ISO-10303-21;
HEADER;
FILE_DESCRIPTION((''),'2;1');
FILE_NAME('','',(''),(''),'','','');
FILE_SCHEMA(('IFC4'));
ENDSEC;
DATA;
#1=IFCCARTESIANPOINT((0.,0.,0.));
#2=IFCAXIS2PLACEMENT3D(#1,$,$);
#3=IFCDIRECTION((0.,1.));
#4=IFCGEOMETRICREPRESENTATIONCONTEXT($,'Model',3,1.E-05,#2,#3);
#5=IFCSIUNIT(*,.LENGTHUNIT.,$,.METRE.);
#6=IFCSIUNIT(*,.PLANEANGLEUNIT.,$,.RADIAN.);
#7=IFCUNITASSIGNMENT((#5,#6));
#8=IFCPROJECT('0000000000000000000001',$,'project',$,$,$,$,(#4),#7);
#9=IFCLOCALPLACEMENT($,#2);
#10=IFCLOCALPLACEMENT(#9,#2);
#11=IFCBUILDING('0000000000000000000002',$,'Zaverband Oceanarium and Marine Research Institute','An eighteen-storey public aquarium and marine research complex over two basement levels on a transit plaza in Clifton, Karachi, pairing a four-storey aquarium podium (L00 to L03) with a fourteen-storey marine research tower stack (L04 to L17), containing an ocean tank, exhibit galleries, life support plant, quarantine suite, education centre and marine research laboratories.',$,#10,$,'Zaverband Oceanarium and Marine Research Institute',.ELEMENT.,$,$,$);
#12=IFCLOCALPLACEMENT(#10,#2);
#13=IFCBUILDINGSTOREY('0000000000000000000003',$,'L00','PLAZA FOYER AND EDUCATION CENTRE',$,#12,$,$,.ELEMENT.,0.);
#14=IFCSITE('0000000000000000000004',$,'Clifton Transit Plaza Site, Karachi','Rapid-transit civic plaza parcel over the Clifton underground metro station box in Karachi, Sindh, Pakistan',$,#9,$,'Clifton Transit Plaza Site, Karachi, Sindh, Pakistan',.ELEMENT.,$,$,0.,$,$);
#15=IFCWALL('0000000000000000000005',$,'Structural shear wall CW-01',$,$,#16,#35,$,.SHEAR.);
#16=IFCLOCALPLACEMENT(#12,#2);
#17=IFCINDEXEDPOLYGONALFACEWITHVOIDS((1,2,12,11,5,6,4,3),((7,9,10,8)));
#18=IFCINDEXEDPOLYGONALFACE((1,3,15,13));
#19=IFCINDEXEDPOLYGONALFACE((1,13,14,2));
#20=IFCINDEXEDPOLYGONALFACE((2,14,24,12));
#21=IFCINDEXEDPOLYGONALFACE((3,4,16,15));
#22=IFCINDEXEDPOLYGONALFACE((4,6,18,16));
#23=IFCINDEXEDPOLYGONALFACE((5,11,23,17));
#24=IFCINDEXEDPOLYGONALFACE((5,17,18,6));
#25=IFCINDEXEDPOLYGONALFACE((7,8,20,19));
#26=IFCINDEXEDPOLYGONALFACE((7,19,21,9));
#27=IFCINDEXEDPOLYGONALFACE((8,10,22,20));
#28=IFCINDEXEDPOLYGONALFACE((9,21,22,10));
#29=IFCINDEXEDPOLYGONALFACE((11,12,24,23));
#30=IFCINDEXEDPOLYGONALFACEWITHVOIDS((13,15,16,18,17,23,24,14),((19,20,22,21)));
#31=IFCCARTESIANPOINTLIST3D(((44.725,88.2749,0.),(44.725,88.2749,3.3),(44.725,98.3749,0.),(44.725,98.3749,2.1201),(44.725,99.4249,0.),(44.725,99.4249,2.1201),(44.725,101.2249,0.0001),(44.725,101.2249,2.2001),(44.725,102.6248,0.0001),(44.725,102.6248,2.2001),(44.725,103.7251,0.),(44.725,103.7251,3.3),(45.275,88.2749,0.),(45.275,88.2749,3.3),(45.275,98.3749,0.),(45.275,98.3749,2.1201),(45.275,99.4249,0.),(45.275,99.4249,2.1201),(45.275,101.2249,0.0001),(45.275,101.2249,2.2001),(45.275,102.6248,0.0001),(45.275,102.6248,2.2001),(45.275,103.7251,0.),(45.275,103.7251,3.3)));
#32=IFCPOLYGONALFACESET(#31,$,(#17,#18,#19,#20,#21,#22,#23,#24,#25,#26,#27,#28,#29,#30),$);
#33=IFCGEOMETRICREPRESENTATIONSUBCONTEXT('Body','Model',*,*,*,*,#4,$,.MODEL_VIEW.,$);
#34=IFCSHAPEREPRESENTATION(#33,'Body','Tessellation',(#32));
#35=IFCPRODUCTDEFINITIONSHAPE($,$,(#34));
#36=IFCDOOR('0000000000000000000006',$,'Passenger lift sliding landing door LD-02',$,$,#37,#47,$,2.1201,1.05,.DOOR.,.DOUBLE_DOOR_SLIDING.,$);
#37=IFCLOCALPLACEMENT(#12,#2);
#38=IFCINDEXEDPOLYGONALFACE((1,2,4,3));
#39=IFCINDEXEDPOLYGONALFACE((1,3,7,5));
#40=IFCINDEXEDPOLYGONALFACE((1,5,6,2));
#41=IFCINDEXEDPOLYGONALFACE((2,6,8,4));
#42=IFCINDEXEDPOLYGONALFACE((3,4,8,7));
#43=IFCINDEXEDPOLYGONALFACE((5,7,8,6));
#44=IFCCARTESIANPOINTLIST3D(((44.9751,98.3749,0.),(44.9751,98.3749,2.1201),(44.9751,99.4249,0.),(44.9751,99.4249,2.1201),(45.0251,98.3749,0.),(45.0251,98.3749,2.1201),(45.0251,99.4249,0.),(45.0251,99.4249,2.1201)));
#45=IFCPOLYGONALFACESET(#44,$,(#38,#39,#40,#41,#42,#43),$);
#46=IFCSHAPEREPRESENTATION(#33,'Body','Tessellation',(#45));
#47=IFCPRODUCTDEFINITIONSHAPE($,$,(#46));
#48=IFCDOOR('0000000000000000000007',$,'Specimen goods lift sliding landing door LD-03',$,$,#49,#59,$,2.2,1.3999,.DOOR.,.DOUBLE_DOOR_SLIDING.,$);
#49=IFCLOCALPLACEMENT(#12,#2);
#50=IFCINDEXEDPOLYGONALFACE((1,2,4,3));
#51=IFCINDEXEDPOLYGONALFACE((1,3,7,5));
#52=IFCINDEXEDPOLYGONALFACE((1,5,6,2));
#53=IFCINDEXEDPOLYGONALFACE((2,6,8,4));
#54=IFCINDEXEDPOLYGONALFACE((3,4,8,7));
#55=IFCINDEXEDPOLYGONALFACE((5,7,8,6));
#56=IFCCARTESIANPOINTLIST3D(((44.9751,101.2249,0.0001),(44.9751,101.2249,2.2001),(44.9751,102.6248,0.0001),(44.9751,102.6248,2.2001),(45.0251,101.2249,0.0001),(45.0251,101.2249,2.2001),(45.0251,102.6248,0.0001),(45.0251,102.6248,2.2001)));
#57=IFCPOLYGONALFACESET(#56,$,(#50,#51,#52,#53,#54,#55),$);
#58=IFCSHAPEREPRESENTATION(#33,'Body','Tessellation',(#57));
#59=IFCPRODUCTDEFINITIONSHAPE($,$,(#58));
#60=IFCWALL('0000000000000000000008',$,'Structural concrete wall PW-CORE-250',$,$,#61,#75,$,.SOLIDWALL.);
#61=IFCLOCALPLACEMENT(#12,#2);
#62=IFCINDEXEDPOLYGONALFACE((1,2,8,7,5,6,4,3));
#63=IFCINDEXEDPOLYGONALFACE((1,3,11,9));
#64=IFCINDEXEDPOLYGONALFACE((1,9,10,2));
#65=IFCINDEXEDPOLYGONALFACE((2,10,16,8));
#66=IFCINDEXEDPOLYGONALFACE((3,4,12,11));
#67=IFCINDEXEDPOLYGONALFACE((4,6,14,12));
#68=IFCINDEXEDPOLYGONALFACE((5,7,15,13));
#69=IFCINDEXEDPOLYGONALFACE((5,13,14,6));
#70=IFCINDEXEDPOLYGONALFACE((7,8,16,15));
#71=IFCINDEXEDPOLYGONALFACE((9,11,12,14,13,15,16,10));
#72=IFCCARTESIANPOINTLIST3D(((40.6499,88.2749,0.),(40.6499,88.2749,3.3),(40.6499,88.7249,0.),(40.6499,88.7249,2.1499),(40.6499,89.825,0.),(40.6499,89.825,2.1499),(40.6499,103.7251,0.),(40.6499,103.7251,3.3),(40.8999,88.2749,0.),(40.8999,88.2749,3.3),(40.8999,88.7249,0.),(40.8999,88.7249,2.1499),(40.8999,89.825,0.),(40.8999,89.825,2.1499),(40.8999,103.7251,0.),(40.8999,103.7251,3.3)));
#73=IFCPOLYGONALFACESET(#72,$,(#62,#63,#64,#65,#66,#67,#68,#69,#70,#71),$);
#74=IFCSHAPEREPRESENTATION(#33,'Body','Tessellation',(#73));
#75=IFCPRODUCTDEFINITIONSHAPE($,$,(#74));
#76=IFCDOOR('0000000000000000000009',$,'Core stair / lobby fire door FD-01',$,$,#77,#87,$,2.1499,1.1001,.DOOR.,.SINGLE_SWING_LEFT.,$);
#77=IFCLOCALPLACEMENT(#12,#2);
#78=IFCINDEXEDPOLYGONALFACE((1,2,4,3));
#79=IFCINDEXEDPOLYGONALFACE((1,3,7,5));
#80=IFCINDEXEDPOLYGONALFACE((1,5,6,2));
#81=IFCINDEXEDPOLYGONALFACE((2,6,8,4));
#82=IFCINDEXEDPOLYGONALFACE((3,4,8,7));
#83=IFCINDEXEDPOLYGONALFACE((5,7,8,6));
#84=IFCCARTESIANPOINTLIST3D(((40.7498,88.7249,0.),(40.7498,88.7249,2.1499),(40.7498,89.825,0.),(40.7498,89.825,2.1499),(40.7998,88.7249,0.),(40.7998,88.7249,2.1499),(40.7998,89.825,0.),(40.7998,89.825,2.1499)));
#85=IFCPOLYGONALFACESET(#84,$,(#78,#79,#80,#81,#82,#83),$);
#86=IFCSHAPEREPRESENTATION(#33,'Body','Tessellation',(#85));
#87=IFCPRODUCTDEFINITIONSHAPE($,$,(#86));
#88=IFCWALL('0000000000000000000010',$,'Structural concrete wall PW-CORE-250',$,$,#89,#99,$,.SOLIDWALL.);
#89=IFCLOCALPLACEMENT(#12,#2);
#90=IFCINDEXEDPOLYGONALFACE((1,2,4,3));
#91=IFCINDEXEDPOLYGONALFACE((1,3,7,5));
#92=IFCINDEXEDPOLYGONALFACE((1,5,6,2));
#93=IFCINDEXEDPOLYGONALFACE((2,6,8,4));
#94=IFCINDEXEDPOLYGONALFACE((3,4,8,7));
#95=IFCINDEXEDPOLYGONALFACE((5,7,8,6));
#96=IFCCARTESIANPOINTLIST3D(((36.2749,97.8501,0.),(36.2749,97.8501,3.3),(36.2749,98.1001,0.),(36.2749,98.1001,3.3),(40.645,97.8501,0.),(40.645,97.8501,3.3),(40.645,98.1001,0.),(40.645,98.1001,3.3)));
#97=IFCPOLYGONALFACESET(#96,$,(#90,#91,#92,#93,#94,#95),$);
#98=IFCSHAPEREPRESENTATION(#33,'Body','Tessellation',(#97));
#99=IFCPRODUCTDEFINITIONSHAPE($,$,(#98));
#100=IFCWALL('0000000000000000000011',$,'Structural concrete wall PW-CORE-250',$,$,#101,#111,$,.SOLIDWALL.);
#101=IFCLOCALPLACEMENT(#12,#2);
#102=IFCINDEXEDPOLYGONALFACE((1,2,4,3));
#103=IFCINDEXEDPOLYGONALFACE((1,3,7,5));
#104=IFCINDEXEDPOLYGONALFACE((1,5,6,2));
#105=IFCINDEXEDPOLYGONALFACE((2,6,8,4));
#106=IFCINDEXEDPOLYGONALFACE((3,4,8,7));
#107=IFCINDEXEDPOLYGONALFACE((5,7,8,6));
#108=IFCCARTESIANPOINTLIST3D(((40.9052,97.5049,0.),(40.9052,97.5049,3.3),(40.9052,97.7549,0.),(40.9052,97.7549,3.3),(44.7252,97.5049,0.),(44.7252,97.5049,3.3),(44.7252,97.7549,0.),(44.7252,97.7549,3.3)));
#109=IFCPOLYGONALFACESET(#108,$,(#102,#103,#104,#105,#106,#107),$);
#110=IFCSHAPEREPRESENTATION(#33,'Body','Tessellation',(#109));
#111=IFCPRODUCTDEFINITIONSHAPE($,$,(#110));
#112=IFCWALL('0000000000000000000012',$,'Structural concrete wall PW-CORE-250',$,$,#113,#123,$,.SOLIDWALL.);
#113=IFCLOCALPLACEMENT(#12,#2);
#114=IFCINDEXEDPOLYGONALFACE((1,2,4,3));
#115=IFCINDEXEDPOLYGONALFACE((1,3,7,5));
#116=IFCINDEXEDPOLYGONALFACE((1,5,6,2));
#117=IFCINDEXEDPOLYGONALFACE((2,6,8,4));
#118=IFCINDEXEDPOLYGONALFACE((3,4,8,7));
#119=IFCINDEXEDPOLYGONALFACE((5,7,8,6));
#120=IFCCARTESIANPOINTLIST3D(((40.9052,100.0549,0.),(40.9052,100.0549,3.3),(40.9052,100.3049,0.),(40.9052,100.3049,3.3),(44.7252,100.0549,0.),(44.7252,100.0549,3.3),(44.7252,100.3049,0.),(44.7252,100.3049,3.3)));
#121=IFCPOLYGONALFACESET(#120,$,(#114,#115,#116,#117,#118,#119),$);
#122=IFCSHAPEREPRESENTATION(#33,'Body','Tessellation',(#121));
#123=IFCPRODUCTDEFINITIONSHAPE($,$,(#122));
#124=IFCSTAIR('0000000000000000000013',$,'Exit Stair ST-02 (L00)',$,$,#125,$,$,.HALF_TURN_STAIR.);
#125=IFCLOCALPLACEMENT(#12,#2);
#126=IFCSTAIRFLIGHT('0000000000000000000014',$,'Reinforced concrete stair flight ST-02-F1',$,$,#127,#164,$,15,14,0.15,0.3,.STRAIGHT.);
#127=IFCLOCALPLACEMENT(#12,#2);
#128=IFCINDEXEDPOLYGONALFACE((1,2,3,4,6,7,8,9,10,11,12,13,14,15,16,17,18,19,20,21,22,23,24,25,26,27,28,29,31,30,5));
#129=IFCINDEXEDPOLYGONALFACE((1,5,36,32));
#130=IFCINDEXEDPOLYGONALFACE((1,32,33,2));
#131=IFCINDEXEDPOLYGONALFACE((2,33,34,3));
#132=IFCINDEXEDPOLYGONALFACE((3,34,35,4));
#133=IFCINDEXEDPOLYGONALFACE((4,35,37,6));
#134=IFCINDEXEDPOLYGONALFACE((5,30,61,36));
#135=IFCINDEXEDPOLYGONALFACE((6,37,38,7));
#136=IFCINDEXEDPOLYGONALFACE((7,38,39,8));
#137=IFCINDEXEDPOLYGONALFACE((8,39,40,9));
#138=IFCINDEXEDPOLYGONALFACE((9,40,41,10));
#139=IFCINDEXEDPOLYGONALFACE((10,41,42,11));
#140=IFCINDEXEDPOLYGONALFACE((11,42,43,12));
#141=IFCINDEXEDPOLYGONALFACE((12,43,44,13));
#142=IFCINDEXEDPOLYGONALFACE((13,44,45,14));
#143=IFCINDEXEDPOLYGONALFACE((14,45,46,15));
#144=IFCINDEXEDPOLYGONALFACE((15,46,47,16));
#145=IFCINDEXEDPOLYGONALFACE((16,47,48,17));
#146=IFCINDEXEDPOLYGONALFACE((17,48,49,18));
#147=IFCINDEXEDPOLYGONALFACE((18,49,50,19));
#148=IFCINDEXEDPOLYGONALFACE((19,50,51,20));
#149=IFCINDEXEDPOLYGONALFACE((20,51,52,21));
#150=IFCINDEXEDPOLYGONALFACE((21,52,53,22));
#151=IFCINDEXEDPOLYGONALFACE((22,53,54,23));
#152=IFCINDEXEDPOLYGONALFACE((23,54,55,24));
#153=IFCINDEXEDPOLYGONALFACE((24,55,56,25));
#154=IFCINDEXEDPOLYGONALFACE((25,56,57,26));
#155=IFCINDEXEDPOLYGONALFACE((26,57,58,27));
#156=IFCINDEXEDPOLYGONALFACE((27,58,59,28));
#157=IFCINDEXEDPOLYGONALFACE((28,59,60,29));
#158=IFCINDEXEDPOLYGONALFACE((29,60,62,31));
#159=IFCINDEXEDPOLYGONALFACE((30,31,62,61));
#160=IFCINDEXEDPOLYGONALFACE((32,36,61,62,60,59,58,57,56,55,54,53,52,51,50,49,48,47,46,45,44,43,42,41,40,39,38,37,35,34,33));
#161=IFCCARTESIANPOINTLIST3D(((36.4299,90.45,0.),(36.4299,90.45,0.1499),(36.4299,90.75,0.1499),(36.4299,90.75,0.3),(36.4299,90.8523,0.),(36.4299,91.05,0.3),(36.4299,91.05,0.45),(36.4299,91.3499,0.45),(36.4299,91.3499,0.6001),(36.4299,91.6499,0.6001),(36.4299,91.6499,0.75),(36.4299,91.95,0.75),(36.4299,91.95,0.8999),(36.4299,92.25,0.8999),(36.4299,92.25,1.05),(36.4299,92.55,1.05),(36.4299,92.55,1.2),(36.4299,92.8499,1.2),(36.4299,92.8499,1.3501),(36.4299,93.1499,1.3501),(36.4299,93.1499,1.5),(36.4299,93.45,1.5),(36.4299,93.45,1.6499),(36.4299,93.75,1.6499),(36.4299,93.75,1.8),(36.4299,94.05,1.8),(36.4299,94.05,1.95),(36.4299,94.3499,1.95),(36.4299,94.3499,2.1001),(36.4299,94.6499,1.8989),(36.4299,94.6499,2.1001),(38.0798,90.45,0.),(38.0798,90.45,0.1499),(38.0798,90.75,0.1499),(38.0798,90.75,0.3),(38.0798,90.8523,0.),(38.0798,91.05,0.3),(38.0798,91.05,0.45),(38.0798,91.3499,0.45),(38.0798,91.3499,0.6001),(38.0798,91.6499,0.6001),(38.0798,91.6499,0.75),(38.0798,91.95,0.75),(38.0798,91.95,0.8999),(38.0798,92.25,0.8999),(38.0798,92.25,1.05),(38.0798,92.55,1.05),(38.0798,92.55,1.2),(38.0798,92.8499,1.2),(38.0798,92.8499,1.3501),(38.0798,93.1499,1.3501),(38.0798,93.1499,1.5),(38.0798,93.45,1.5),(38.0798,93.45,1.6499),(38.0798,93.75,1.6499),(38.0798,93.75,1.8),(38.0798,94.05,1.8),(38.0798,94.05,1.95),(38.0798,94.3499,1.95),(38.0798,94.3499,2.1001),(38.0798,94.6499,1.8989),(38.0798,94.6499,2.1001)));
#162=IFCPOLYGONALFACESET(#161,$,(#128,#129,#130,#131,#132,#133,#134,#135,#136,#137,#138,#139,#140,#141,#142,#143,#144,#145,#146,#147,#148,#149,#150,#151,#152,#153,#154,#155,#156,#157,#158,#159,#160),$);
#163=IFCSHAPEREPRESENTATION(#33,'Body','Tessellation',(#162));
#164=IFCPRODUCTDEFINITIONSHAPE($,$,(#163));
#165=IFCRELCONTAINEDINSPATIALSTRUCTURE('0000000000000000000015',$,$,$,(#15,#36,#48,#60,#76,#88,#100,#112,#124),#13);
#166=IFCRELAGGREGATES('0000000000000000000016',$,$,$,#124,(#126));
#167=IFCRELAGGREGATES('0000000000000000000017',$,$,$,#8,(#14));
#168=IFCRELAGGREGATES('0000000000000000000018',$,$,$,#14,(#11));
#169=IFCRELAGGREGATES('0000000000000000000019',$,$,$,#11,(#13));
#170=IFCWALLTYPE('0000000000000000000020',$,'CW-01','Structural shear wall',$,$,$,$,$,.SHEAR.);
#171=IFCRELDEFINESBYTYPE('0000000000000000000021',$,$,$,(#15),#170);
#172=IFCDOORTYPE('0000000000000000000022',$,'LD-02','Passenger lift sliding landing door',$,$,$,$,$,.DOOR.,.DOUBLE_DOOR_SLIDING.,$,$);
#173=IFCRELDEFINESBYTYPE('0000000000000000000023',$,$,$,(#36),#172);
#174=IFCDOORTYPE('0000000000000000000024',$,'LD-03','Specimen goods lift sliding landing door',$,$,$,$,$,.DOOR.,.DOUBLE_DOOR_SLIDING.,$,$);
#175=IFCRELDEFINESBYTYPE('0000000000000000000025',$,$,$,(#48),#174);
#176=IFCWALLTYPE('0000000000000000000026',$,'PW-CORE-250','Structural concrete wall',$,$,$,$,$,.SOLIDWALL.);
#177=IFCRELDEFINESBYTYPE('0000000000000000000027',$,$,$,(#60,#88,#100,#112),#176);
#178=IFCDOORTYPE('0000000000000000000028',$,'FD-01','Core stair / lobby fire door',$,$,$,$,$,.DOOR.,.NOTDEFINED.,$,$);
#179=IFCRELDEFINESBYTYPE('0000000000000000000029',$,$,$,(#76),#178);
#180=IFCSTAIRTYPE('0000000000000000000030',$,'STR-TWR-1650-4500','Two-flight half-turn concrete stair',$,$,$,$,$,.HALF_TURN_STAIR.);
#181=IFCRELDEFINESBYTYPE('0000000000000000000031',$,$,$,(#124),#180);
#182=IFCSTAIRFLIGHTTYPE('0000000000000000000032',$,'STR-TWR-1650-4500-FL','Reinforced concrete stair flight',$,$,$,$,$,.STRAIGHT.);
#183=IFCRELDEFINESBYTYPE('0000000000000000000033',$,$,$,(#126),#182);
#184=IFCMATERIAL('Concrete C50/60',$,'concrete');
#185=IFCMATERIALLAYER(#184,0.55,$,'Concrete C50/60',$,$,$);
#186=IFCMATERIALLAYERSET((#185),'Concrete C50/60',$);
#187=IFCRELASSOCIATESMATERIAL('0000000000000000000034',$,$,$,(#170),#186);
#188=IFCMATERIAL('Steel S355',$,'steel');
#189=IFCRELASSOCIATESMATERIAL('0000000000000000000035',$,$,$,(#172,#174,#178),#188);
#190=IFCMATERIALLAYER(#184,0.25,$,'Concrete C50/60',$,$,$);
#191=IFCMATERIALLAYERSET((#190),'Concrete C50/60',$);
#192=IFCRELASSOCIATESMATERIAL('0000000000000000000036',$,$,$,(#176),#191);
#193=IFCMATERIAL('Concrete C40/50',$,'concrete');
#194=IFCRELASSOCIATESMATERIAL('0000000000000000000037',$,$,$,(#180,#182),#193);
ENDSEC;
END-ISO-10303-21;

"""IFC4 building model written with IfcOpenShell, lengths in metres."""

from ifc_helpers import new_model, si_unit, direction, frame, frame_2d, origin, place, context, subcontext, project, spatial, polyline, rectangle, outline, extrude, material, layer, layer_set, type_object, element, fill, aggregate, save


model = new_model("IFC4")

# Units and contexts
model_context = context("Model", 3, precision=1e-05, world=origin(), true_north=direction((0.0, 1.0)))
body_context = subcontext(model_context, "Body", "Model", "MODEL_VIEW")
ifc_project = project(units=[si_unit("LENGTHUNIT", "METRE"), si_unit("PLANEANGLEUNIT", "RADIAN")], contexts=[model_context])

# Site, building, storey
site_placement = place(None, origin())
site = spatial("IfcSite", under=ifc_project, at=site_placement, Name="Clifton Transit Plaza Site, Karachi", Description="Rapid-transit civic plaza parcel over the Clifton underground metro station box in Karachi, Sindh, Pakistan", LongName="Clifton Transit Plaza Site, Karachi, Sindh, Pakistan", CompositionType="ELEMENT", RefElevation=0.0)
building_placement = place(site_placement, origin())
building = spatial("IfcBuilding", under=site, at=building_placement, Name="Zaverband Oceanarium and Marine Research Institute", Description="An eighteen-storey public aquarium and marine research complex over two basement levels on a transit plaza in Clifton, Karachi, pairing a four-storey aquarium podium (L00 to L03) with a fourteen-storey marine research tower stack (L04 to L17), containing an ocean tank, exhibit galleries, life support plant, quarantine suite, education centre and marine research laboratories.", LongName="Zaverband Oceanarium and Marine Research Institute", CompositionType="ELEMENT")
storey_placement = place(building_placement, origin())
storey = spatial("IfcBuildingStorey", under=building, at=storey_placement, Name="L00", Description="PLAZA FOYER AND EDUCATION CENTRE", CompositionType="ELEMENT", Elevation=0.0)

# Shared definitions
ifc_material_1 = material(Name="Concrete C50/60", Category="concrete")

# Shared definitions
ifc_material_2 = material(Name="Concrete C40/50", Category="concrete")

# Shared definitions
ifc_layer_1 = layer(ifc_material_1, 0.55, Name="Concrete C50/60")
ifc_layer_set_1 = layer_set([ifc_layer_1], Name="Concrete C50/60")
wall_type_1 = type_object("IfcWallType", Name="CW-01", Description="Structural shear wall", PredefinedType="SHEAR", material=ifc_layer_set_1)
ifc_material_3 = material(Name="Steel S355", Category="steel")

# Wall, openings, doors
wall_1_placement = place(storey_placement, frame((45.0, 88.2749, 0.0), z_axis=(0.0, 0.0, 1.0), x_axis=(0.0, 1.0, 0.0)))
wall_1 = element("IfcWall", 1, at=wall_1_placement, inside=storey, type_object=wall_type_1, Name="Structural shear wall CW-01", PredefinedType="SHEAR", context=body_context, shape_type="SweptSolid", body=[
    extrude(rectangle(XDim=15.4502, YDim=0.55, at=frame_2d((7.7251, 0.0))), origin(), (0.0, 0.0, 1.0), 3.3),
])
opening_1_placement = place(wall_1_placement, frame((10.1001, 0.0, 0.0)))
opening_1 = element("IfcOpeningElement", 2, at=opening_1_placement, cuts=wall_1, PredefinedType="OPENING", context=body_context, shape_type="SweptSolid", body=[
    extrude(rectangle(XDim=1.05, YDim=2.1201, at=frame_2d((0.5249, 1.0601))), frame((0.0, 0.2871, 0.0), z_axis=(0.0, -1.0, 0.0), x_axis=(1.0, 0.0, 0.0)), (0.0, 0.0, 1.0), 0.574),
])
opening_2_placement = place(wall_1_placement, frame((12.95, 0.0, 0.0)))
opening_2 = element("IfcOpeningElement", 3, at=opening_2_placement, cuts=wall_1, PredefinedType="OPENING", context=body_context, shape_type="SweptSolid", body=[
    extrude(rectangle(XDim=1.3999, YDim=2.2, at=frame_2d((0.7, 1.1001))), frame((0.0, 0.2871, 0.0), z_axis=(0.0, -1.0, 0.0), x_axis=(1.0, 0.0, 0.0)), (0.0, 0.0, 1.0), 0.574),
])
door_type_1 = type_object("IfcDoorType", Name="LD-02", Description="Passenger lift sliding landing door", OperationType="DOUBLE_DOOR_SLIDING", PredefinedType="DOOR", material=ifc_material_3)
door_1_placement = place(opening_1_placement, origin())
door_1 = element("IfcDoor", 4, at=door_1_placement, inside=storey, type_object=door_type_1, Name="Passenger lift sliding landing door LD-02", OperationType="DOUBLE_DOOR_SLIDING", OverallHeight=2.1201, OverallWidth=1.05, PredefinedType="DOOR", context=body_context, shape_type="SweptSolid", body=[
    extrude(rectangle(XDim=1.05, YDim=2.1201, at=frame_2d((0.5249, 1.0601))), frame((0.0, 0.0249, 0.0), z_axis=(0.0, -1.0, 0.0), x_axis=(1.0, 0.0, 0.0)), (0.0, 0.0, 1.0), 0.05),
])
fill(opening_1, door_1)
door_type_2 = type_object("IfcDoorType", Name="LD-03", Description="Specimen goods lift sliding landing door", OperationType="DOUBLE_DOOR_SLIDING", PredefinedType="DOOR", material=ifc_material_3)
door_2_placement = place(opening_2_placement, origin())
door_2 = element("IfcDoor", 5, at=door_2_placement, inside=storey, type_object=door_type_2, Name="Specimen goods lift sliding landing door LD-03", OperationType="DOUBLE_DOOR_SLIDING", OverallHeight=2.2, OverallWidth=1.3999, PredefinedType="DOOR", context=body_context, shape_type="SweptSolid", body=[
    extrude(rectangle(XDim=1.3999, YDim=2.2, at=frame_2d((0.7, 1.1001))), frame((0.0, 0.0249, 0.0), z_axis=(0.0, -1.0, 0.0), x_axis=(1.0, 0.0, 0.0)), (0.0, 0.0, 1.0), 0.05),
])
fill(opening_2, door_2)

# Wall, opening, door
ifc_layer_2 = layer(ifc_material_1, 0.25, Name="Concrete C50/60")
ifc_layer_set_2 = layer_set([ifc_layer_2], Name="Concrete C50/60")
wall_type_2 = type_object("IfcWallType", Name="PW-CORE-250", Description="Structural concrete wall", PredefinedType="SOLIDWALL", material=ifc_layer_set_2)
wall_2_placement = place(storey_placement, frame((40.7749, 88.2749, 0.0), z_axis=(0.0, 0.0, 1.0), x_axis=(0.0, 1.0, 0.0)))
wall_2 = element("IfcWall", 6, at=wall_2_placement, inside=storey, type_object=wall_type_2, Name="Structural concrete wall PW-CORE-250", PredefinedType="SOLIDWALL", context=body_context, shape_type="SweptSolid", body=[
    extrude(rectangle(XDim=15.4502, YDim=0.25, at=frame_2d((7.7251, 0.0))), origin(), (0.0, 0.0, 1.0), 3.3),
])
opening_3_placement = place(wall_2_placement, frame((0.45, 0.0, 0.0)))
opening_3 = element("IfcOpeningElement", 7, at=opening_3_placement, cuts=wall_2, PredefinedType="OPENING", context=body_context, shape_type="SweptSolid", body=[
    extrude(rectangle(XDim=1.1001, YDim=2.1499, at=frame_2d((0.55, 1.075))), frame((0.0, 0.137, 0.0), z_axis=(0.0, -1.0, 0.0), x_axis=(1.0, 0.0, 0.0)), (0.0, 0.0, 1.0), 0.2739),
])
door_type_3 = type_object("IfcDoorType", Name="FD-01", Description="Core stair / lobby fire door", OperationType="NOTDEFINED", PredefinedType="DOOR", material=ifc_material_3)
door_3_placement = place(opening_3_placement, frame((1.1001, 0.0, 0.0), z_axis=(0.0, 0.0, 1.0), x_axis=(-1.0, 0.0, 0.0)))
door_3 = element("IfcDoor", 8, at=door_3_placement, inside=storey, type_object=door_type_3, Name="Core stair / lobby fire door FD-01", OperationType="SINGLE_SWING_LEFT", OverallHeight=2.1499, OverallWidth=1.1001, PredefinedType="DOOR", context=body_context, shape_type="SweptSolid", body=[
    extrude(rectangle(XDim=1.1001, YDim=2.1499, at=frame_2d((0.55, 1.075))), frame((0.0, 0.0249, 0.0), z_axis=(0.0, -1.0, 0.0), x_axis=(1.0, 0.0, 0.0)), (0.0, 0.0, 1.0), 0.05),
])
fill(opening_3, door_3)

# Wall
wall_3_placement = place(storey_placement, frame((36.2749, 97.9751, 0.0), z_axis=(0.0, 0.0, 1.0), x_axis=(1.0, 0.0, 0.0)))
element("IfcWall", 9, at=wall_3_placement, inside=storey, type_object=wall_type_2, Name="Structural concrete wall PW-CORE-250", PredefinedType="SOLIDWALL", context=body_context, shape_type="SweptSolid", body=[
    extrude(rectangle(XDim=4.3701, YDim=0.25, at=frame_2d((2.1851, 0.0))), origin(), (0.0, 0.0, 1.0), 3.3),
])

# Walls
for number, where, z_axis, x_axis, name in (
    (10, (40.905, 97.6299, 0.0), (0.0, 0.0, 1.0), (1.0, 0.0, 0.0), "Structural concrete wall PW-CORE-250"),
    (11, (40.905, 100.1799, 0.0), (0.0, 0.0, 1.0), (1.0, 0.0, 0.0), "Structural concrete wall PW-CORE-250"),
):
    element("IfcWall", number, at=place(storey_placement, frame(where, z_axis=z_axis, x_axis=x_axis)), inside=storey, type_object=wall_type_2, Name=name, PredefinedType="SOLIDWALL", context=body_context, shape_type="SweptSolid", body=[
        extrude(rectangle(XDim=3.8201, YDim=0.25, at=frame_2d((1.9102, 0.0))), origin(), (0.0, 0.0, 1.0), 3.3),
    ])

# Stair, stair flight
stair_type = type_object("IfcStairType", Name="STR-TWR-1650-4500", Description="Two-flight half-turn concrete stair", PredefinedType="HALF_TURN_STAIR", material=ifc_material_2)
stair_placement = place(storey_placement, origin())
stair = element("IfcStair", 12, at=stair_placement, inside=storey, type_object=stair_type, Name="Exit Stair ST-02 (L00)", PredefinedType="HALF_TURN_STAIR")
stair_flight_type = type_object("IfcStairFlightType", Name="STR-TWR-1650-4500-FL", Description="Reinforced concrete stair flight", PredefinedType="STRAIGHT", material=ifc_material_2)
stair_flight_1_placement = place(storey_placement, frame((37.2549, 90.45, 0.0), z_axis=(0.0, 0.0, 1.0), x_axis=(0.0, 1.0, 0.0)))
stair_flight_1 = element("IfcStairFlight", 13, at=stair_flight_1_placement, type_object=stair_flight_type, Name="Reinforced concrete stair flight ST-02-F1", NumberOfRisers=15, NumberOfTreads=14, PredefinedType="STRAIGHT", RiserHeight=0.15, TreadLength=0.3, context=body_context, shape_type="SweptSolid", body=[
    extrude(outline(polyline([(0.0, 0.0), (0.0, 0.1499), (0.3, 0.1499), (0.3, 0.3), (0.6001, 0.3), (0.6001, 0.45), (0.8999, 0.45), (0.8999, 0.6001), (1.2, 0.6001), (1.2, 0.75), (1.5, 0.75), (1.5, 0.8999), (1.8, 0.8999), (1.8, 1.05), (2.1001, 1.05), (2.1001, 1.2), (2.3999, 1.2), (2.3999, 1.3501), (2.7, 1.3501), (2.7, 1.5), (3.0, 1.5), (3.0, 1.6499), (3.3, 1.6499), (3.3, 1.8), (3.6001, 1.8), (3.6001, 1.95), (3.8999, 1.95), (3.8999, 2.1001), (4.2, 2.1001), (4.2, 2.25), (4.2, 1.8989), (0.4023, 0.0), (0.0, 0.0)])), frame((0.0, 0.825, 0.0), z_axis=(0.0, -1.0, 0.0), x_axis=(1.0, 0.0, 0.0)), (0.0, 0.0, 1.0), 1.6499),
])
aggregate(stair, [stair_flight_1])

save(model, "model.ifc")
